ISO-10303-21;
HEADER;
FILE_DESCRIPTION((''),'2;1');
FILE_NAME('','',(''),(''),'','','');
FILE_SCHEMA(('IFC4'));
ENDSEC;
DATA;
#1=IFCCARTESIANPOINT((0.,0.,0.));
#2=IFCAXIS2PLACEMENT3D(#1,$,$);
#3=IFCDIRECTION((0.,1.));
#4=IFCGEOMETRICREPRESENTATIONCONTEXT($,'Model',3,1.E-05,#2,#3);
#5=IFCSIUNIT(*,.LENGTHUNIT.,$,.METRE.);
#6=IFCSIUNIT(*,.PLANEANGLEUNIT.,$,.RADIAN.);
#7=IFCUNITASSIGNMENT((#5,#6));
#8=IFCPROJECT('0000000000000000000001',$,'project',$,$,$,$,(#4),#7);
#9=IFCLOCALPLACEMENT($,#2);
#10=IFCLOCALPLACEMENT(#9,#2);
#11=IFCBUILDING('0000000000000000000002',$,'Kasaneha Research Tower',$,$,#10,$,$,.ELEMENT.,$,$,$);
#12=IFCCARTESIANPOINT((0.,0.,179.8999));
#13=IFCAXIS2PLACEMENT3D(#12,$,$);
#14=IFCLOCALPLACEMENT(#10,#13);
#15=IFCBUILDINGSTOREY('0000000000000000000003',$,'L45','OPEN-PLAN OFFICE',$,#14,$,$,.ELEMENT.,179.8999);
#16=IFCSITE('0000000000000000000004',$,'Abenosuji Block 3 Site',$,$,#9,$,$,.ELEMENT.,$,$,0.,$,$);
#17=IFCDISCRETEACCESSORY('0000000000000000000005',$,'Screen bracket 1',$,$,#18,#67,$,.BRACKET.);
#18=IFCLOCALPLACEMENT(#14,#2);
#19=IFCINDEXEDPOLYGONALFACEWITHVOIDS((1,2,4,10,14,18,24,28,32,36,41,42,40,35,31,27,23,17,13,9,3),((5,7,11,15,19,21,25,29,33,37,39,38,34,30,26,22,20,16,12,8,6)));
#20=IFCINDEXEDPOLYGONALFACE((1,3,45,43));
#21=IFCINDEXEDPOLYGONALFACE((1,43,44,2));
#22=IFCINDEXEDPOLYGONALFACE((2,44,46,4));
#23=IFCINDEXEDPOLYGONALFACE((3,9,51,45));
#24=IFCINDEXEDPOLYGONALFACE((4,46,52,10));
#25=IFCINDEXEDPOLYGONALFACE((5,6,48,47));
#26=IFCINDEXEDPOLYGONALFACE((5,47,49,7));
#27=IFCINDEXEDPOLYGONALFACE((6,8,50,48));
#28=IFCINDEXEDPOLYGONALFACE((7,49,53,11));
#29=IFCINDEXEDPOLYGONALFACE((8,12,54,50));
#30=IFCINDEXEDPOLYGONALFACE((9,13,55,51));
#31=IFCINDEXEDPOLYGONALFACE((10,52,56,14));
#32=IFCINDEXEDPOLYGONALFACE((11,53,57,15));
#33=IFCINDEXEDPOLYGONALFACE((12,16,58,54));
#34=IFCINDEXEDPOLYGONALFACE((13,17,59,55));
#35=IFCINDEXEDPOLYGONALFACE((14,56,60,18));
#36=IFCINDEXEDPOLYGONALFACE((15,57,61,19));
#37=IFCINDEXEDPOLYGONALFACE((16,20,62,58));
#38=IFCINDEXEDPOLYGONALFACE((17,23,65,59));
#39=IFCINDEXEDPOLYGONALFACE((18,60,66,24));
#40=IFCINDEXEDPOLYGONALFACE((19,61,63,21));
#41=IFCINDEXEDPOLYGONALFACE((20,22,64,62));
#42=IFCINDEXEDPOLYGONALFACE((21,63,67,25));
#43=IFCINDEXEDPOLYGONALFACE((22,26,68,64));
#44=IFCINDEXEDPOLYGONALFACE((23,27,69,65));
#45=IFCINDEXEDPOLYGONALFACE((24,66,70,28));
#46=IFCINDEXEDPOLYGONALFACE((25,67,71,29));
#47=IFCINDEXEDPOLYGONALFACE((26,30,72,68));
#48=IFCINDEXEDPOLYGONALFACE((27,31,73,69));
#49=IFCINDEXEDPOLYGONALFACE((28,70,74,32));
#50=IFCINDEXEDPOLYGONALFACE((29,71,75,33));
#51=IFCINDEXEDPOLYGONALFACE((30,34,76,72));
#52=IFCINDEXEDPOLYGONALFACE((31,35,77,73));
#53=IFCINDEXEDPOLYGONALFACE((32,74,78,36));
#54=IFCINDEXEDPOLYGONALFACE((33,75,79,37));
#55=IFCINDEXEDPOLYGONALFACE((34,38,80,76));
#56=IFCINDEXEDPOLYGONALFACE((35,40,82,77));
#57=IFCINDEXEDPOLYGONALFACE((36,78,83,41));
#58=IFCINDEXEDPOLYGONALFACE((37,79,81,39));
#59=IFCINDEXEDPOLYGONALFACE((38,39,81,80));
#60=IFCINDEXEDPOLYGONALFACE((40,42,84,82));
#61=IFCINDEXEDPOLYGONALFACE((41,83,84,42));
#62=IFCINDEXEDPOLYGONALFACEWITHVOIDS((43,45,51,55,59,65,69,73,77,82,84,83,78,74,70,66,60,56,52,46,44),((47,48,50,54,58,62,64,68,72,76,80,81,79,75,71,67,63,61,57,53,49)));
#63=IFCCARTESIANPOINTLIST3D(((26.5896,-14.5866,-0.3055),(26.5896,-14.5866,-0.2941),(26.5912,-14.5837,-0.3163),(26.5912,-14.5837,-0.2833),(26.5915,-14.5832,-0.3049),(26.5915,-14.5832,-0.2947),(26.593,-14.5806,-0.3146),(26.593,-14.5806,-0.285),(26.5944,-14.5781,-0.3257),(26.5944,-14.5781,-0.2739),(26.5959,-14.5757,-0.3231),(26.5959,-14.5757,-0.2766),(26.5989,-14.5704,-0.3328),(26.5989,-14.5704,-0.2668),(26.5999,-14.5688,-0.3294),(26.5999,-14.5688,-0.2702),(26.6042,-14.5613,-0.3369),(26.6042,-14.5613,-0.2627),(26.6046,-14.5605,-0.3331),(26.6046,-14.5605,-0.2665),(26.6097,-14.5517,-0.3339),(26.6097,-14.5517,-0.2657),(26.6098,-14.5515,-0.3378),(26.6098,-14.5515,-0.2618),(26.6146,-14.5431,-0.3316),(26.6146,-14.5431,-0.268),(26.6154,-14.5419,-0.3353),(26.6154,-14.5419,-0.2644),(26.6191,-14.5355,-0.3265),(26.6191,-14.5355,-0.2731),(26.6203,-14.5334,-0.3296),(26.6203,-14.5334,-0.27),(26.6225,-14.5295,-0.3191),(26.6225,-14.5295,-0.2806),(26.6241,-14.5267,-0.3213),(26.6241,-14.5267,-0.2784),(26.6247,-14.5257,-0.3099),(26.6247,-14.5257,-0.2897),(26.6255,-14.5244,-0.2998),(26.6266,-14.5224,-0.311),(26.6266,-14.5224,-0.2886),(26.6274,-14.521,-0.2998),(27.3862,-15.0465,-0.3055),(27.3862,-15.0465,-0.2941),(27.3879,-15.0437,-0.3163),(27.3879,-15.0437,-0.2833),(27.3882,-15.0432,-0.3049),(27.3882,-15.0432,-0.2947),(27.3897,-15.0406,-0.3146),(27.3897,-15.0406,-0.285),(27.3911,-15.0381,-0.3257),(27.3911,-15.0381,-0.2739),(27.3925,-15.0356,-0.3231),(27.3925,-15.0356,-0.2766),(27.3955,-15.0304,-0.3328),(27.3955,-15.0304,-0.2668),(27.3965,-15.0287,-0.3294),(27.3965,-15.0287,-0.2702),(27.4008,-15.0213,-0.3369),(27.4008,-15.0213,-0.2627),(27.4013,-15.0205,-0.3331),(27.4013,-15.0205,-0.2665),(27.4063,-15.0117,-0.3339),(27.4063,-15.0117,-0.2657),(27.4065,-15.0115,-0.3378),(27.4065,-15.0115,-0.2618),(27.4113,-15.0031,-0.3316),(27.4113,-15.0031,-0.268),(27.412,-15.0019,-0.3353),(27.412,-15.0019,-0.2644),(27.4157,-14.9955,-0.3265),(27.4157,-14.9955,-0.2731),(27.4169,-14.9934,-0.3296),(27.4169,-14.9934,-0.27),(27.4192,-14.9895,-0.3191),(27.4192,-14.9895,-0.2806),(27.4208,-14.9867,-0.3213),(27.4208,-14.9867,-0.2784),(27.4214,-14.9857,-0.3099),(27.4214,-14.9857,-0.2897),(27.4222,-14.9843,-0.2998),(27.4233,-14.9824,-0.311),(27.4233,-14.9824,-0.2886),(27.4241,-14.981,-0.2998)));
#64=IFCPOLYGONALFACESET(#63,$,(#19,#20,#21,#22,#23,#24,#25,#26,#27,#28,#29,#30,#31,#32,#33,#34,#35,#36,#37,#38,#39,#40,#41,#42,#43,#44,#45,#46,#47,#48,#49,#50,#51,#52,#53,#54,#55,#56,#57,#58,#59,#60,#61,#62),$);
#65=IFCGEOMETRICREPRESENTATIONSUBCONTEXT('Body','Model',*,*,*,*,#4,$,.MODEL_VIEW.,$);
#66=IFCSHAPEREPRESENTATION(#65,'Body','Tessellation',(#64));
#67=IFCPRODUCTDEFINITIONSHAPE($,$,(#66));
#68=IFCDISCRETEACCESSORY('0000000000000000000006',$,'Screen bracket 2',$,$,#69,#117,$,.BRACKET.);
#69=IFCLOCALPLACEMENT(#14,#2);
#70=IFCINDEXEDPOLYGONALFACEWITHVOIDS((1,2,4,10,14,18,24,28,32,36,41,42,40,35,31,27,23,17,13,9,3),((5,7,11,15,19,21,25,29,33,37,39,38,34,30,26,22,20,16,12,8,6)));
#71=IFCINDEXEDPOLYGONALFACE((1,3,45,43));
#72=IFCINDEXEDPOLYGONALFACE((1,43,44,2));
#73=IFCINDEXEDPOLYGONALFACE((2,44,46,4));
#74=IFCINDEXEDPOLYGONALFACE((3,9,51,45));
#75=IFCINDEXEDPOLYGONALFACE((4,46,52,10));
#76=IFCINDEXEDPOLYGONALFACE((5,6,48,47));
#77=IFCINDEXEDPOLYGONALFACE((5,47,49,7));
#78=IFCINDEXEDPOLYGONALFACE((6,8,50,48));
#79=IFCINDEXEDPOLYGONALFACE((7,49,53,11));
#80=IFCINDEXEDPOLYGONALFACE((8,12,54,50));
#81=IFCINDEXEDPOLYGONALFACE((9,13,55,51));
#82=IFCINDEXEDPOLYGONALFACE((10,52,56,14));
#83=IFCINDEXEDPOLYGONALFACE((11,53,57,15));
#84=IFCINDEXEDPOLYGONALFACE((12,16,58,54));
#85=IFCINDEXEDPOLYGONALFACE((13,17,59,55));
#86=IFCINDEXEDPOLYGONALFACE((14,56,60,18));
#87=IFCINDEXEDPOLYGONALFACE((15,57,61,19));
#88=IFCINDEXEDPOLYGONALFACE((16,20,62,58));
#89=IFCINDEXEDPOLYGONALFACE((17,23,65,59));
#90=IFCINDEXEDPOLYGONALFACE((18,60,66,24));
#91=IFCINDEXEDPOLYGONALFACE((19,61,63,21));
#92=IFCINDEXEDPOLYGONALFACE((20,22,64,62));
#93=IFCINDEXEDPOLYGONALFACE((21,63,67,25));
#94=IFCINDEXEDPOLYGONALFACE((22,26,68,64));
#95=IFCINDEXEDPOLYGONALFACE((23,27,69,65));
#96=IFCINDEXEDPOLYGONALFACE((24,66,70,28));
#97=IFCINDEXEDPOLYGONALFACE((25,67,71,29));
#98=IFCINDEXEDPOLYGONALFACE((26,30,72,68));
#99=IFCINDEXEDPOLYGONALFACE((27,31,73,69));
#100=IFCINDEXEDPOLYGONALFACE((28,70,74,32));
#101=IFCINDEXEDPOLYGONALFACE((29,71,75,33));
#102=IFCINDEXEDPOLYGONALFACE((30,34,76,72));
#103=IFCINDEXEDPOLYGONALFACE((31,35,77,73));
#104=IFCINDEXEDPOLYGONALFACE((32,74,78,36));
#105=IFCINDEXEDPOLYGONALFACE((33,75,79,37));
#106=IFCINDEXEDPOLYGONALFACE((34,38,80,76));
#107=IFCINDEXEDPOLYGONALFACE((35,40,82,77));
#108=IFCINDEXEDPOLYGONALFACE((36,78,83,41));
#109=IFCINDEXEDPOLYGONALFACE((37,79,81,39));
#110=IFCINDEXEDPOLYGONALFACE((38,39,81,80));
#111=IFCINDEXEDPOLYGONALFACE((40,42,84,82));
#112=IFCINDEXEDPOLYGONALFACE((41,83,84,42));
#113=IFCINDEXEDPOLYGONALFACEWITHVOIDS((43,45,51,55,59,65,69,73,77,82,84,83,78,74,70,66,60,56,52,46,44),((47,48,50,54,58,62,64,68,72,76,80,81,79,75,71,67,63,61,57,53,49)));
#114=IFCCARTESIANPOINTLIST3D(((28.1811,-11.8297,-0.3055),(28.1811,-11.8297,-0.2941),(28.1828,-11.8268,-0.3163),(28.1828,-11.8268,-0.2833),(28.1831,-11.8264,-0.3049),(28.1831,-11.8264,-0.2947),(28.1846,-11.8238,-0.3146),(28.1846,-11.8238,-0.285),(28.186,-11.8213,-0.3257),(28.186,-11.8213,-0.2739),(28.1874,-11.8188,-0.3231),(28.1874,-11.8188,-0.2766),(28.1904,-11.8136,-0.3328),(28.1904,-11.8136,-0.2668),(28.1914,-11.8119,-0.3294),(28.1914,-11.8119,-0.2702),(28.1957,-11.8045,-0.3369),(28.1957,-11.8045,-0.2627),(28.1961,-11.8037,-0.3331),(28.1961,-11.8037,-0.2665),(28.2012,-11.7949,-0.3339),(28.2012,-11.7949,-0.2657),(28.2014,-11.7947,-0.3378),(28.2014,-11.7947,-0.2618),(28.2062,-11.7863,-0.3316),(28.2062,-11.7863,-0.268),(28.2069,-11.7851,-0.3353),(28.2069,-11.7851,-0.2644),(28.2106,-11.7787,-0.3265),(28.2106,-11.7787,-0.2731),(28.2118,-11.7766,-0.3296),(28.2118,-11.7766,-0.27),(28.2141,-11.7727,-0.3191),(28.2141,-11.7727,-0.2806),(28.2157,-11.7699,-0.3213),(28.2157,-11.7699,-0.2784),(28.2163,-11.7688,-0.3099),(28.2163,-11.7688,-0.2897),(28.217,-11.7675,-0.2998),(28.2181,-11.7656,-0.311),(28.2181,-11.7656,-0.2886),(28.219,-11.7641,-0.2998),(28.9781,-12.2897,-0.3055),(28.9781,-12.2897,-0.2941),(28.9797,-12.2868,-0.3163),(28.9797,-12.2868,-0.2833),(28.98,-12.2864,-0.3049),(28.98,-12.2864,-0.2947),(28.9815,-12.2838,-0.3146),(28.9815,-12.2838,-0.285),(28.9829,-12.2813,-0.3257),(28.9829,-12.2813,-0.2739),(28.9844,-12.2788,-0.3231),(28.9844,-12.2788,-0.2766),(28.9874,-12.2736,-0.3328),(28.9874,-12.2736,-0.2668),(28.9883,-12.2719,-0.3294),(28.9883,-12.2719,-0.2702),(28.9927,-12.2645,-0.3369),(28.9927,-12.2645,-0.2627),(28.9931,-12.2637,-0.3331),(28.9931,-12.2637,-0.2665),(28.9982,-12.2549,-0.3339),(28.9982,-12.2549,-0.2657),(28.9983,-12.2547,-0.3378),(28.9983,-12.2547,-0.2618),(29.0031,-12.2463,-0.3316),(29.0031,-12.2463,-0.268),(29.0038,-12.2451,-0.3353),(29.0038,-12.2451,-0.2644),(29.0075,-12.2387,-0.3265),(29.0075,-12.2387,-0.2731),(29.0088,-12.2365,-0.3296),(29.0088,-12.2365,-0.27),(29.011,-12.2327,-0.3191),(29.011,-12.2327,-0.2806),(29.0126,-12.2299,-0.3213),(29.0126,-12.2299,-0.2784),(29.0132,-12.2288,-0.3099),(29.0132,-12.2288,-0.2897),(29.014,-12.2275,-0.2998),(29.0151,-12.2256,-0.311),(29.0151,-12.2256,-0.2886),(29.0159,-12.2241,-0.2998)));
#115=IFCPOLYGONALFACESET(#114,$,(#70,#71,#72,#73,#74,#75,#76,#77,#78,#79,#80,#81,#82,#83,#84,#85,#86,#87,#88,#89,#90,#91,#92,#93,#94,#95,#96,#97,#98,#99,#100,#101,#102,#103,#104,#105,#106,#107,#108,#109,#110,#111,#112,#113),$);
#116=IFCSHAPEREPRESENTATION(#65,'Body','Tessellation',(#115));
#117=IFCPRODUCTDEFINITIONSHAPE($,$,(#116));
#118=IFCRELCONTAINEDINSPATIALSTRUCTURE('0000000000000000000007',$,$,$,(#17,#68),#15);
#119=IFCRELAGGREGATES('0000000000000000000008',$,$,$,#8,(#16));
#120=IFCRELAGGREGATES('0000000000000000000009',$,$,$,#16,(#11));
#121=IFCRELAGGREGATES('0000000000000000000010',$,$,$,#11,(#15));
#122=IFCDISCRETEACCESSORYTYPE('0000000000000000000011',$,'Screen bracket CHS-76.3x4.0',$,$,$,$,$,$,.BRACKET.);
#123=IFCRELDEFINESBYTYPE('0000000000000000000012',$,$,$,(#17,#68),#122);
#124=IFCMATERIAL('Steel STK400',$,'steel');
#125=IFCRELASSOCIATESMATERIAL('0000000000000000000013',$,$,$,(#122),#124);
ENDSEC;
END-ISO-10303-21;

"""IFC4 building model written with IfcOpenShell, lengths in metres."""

from ifc_helpers import new_model, si_unit, direction, frame, origin, origin_2d, place, context, subcontext, project, spatial, hollow_circle, extrude, material, material_profile, profile_set, type_object, element, save


model = new_model("IFC4")

# Units and contexts
model_context = context("Model", 3, precision=1e-05, world=origin(), true_north=direction((0.0, 1.0)))
body_context = subcontext(model_context, "Body", "Model", "MODEL_VIEW")
ifc_project = project(units=[si_unit("LENGTHUNIT", "METRE"), si_unit("PLANEANGLEUNIT", "RADIAN")], contexts=[model_context])

# Site, building, storey
site_placement = place(None, origin())
site = spatial("IfcSite", under=ifc_project, at=site_placement, Name="Abenosuji Block 3 Site", CompositionType="ELEMENT", RefElevation=0.0)
building_placement = place(site_placement, origin())
building = spatial("IfcBuilding", under=site, at=building_placement, Name="Kasaneha Research Tower", CompositionType="ELEMENT")
storey_placement = place(building_placement, frame((0.0, 0.0, 179.8999)))
storey = spatial("IfcBuildingStorey", under=building, at=storey_placement, Name="L45", Description="OPEN-PLAN OFFICE", CompositionType="ELEMENT", Elevation=179.8999)

# Discrete accessories
ifc_material_1 = material(Name="Steel STK400", Category="steel")
ifc_material_profile_1 = material_profile(ifc_material_1, hollow_circle(Radius=0.0381, WallThickness=0.0039, at=origin_2d()), Name="CHS-76.3x4.0")
ifc_profile_set_1 = profile_set([ifc_material_profile_1], Name="Steel STK400")
discrete_accessory_type = type_object("IfcDiscreteAccessoryType", Name="Screen bracket CHS-76.3x4.0", PredefinedType="BRACKET", material=ifc_profile_set_1)
for number, where, z_axis, x_axis, name in (
    (1, (26.6084, -14.554, -0.2998), (0.866013, -0.500021, 0.0), (0.500021, 0.866013, 0.0), "Screen bracket 1"),
):
    element("IfcDiscreteAccessory", number, at=place(storey_placement, frame(where, z_axis=z_axis, x_axis=x_axis)), inside=storey, type_object=discrete_accessory_type, Name=name, PredefinedType="BRACKET", context=body_context, shape_type="SweptSolid", body=[
        extrude(hollow_circle(Radius=0.0381, WallThickness=0.0039, at=origin_2d()), origin(), (0.0, 0.0, 1.0), 0.9199),
    ])
discrete_accessory_1_placement = place(storey_placement, frame((28.2, -11.7971, -0.2998), z_axis=(0.86608, -0.499906, 0.0), x_axis=(0.499906, 0.86608, 0.0)))
element("IfcDiscreteAccessory", 2, at=discrete_accessory_1_placement, inside=storey, type_object=discrete_accessory_type, Name="Screen bracket 2", PredefinedType="BRACKET", context=body_context, shape_type="SweptSolid", body=[
    extrude(hollow_circle(Radius=0.0381, WallThickness=0.0039, at=origin_2d()), origin(), (0.0, 0.0, 1.0), 0.9202),
])

save(model, "model.ifc")
